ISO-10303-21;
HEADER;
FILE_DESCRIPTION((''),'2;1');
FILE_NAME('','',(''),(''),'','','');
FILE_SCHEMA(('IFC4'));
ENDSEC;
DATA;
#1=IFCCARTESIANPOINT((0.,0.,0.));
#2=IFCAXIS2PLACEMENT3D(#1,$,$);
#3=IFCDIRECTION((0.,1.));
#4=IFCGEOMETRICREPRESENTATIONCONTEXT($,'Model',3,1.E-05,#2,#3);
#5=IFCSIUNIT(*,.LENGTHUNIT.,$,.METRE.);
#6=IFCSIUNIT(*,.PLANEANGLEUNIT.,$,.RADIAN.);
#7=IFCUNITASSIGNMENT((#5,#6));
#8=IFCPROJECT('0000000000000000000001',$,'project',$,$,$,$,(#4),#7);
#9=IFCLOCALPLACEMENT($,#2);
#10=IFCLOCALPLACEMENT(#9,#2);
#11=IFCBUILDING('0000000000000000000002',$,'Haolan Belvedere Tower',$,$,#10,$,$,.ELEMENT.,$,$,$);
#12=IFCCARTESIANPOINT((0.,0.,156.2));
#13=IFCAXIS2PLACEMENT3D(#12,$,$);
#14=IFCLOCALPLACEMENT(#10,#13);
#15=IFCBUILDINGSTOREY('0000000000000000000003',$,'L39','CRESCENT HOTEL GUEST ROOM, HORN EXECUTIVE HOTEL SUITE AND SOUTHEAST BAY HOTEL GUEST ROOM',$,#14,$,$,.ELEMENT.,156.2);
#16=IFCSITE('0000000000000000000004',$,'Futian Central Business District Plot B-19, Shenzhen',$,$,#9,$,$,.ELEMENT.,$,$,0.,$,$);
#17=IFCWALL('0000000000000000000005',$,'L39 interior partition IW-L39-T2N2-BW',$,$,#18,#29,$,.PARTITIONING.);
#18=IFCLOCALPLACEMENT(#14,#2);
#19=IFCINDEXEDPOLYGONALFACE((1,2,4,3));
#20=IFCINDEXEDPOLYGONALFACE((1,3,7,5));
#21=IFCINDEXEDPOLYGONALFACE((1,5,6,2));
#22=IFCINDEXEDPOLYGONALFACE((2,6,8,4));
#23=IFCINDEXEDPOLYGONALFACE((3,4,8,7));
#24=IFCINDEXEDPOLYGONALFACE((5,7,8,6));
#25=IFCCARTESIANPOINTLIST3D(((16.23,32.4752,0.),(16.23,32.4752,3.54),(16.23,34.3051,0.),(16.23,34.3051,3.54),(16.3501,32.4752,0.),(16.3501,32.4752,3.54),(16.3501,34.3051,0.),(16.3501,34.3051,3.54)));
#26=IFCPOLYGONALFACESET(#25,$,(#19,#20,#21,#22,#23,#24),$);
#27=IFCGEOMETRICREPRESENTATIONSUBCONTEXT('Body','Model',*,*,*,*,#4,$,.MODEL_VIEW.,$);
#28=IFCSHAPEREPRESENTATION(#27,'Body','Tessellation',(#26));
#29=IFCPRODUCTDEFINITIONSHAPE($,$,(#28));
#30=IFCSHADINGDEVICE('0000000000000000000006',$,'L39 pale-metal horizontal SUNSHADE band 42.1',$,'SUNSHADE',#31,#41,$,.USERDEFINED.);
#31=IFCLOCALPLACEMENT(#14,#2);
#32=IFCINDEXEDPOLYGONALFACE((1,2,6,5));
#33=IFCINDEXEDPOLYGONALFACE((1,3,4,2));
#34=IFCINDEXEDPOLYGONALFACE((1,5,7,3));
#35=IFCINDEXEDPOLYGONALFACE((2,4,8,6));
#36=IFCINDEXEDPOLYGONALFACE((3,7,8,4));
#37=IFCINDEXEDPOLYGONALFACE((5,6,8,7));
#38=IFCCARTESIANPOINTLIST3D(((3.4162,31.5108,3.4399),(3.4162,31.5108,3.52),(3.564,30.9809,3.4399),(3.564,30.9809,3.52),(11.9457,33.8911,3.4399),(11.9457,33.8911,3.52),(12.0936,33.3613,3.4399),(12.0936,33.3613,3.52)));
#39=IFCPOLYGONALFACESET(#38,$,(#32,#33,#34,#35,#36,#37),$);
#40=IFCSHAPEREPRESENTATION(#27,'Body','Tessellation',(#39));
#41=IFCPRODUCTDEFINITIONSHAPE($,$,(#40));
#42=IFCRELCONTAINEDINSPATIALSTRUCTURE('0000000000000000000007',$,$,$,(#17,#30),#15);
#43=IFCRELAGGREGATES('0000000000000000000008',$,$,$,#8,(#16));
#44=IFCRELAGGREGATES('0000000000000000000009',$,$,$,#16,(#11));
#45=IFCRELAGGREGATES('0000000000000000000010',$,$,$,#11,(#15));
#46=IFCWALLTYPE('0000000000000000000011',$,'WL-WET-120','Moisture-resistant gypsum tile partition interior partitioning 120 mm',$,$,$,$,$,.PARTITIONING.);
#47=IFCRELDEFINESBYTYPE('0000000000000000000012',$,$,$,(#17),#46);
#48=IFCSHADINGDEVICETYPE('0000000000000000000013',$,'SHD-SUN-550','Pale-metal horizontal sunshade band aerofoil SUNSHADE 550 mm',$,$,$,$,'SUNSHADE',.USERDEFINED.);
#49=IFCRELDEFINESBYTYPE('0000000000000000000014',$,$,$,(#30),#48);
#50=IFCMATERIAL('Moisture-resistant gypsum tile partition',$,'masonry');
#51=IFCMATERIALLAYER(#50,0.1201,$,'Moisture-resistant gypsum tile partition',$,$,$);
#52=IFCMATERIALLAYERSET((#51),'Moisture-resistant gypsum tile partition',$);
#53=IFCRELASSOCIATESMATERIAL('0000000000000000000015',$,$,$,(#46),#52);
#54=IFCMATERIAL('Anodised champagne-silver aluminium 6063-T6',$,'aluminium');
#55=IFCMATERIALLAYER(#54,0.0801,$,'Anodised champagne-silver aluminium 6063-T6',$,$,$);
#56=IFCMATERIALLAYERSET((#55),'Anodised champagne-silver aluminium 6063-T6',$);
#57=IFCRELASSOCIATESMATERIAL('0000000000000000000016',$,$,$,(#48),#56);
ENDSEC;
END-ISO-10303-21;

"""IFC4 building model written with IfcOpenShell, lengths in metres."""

from ifc_helpers import new_model, si_unit, direction, frame, frame_2d, origin, origin_2d, place, context, subcontext, project, spatial, rectangle, extrude, material, layer, layer_set, type_object, element, save


model = new_model("IFC4")

# Units and contexts
model_context = context("Model", 3, precision=1e-05, world=origin(), true_north=direction((0.0, 1.0)))
body_context = subcontext(model_context, "Body", "Model", "MODEL_VIEW")
ifc_project = project(units=[si_unit("LENGTHUNIT", "METRE"), si_unit("PLANEANGLEUNIT", "RADIAN")], contexts=[model_context])

# Site, building, storey
site_placement = place(None, origin())
site = spatial("IfcSite", under=ifc_project, at=site_placement, Name="Futian Central Business District Plot B-19, Shenzhen", CompositionType="ELEMENT", RefElevation=0.0)
building_placement = place(site_placement, origin())
building = spatial("IfcBuilding", under=site, at=building_placement, Name="Haolan Belvedere Tower", CompositionType="ELEMENT")
storey_placement = place(building_placement, frame((0.0, 0.0, 156.2)))
storey = spatial("IfcBuildingStorey", under=building, at=storey_placement, Name="L39", Description="CRESCENT HOTEL GUEST ROOM, HORN EXECUTIVE HOTEL SUITE AND SOUTHEAST BAY HOTEL GUEST ROOM", CompositionType="ELEMENT", Elevation=156.2)

# Shared definitions
ifc_material_1 = material(Name="Moisture-resistant gypsum tile partition", Category="masonry")
ifc_layer_1 = layer(ifc_material_1, 0.1201, Name="Moisture-resistant gypsum tile partition")
ifc_layer_set_1 = layer_set([ifc_layer_1], Name="Moisture-resistant gypsum tile partition")
wall_type_1 = type_object("IfcWallType", Name="WL-WET-120", Description="Moisture-resistant gypsum tile partition interior partitioning 120 mm", PredefinedType="PARTITIONING", material=ifc_layer_set_1)

# Wall
wall_1_placement = place(storey_placement, frame((16.29, 32.4751, 0.0), z_axis=(0.0, 0.0, 1.0), x_axis=(0.0, 1.0, 0.0)))
element("IfcWall", 1, at=wall_1_placement, inside=storey, type_object=wall_type_1, Name="L39 interior partition IW-L39-T2N2-BW", PredefinedType="PARTITIONING", context=body_context, shape_type="SweptSolid", body=[
    extrude(rectangle(XDim=1.8298, YDim=0.1201, at=frame_2d((0.915, 0.0))), origin(), (0.0, 0.0, 1.0), 3.54),
])

# Shading device
ifc_material_2 = material(Name="Anodised champagne-silver aluminium 6063-T6", Category="aluminium")
ifc_layer_2 = layer(ifc_material_2, 0.0801, Name="Anodised champagne-silver aluminium 6063-T6")
ifc_layer_set_2 = layer_set([ifc_layer_2], Name="Anodised champagne-silver aluminium 6063-T6")
shading_device_type = type_object("IfcShadingDeviceType", Name="SHD-SUN-550", Description="Pale-metal horizontal sunshade band aerofoil SUNSHADE 550 mm", ElementType="SUNSHADE", PredefinedType="USERDEFINED", material=ifc_layer_set_2)
shading_device_placement = place(storey_placement, frame((7.7549, 32.436, 3.4399), z_axis=(0.0, 0.0, 1.0), x_axis=(-0.963195, -0.268802, 0.0)))
element("IfcShadingDevice", 2, at=shading_device_placement, inside=storey, type_object=shading_device_type, Name="L39 pale-metal horizontal SUNSHADE band 42.1", ObjectType="SUNSHADE", PredefinedType="USERDEFINED", context=body_context, shape_type="SweptSolid", body=[
    extrude(rectangle(XDim=8.8555, YDim=0.55, at=origin_2d()), origin(), (0.0, 0.0, 1.0), 0.0801),
])

save(model, "model.ifc")
